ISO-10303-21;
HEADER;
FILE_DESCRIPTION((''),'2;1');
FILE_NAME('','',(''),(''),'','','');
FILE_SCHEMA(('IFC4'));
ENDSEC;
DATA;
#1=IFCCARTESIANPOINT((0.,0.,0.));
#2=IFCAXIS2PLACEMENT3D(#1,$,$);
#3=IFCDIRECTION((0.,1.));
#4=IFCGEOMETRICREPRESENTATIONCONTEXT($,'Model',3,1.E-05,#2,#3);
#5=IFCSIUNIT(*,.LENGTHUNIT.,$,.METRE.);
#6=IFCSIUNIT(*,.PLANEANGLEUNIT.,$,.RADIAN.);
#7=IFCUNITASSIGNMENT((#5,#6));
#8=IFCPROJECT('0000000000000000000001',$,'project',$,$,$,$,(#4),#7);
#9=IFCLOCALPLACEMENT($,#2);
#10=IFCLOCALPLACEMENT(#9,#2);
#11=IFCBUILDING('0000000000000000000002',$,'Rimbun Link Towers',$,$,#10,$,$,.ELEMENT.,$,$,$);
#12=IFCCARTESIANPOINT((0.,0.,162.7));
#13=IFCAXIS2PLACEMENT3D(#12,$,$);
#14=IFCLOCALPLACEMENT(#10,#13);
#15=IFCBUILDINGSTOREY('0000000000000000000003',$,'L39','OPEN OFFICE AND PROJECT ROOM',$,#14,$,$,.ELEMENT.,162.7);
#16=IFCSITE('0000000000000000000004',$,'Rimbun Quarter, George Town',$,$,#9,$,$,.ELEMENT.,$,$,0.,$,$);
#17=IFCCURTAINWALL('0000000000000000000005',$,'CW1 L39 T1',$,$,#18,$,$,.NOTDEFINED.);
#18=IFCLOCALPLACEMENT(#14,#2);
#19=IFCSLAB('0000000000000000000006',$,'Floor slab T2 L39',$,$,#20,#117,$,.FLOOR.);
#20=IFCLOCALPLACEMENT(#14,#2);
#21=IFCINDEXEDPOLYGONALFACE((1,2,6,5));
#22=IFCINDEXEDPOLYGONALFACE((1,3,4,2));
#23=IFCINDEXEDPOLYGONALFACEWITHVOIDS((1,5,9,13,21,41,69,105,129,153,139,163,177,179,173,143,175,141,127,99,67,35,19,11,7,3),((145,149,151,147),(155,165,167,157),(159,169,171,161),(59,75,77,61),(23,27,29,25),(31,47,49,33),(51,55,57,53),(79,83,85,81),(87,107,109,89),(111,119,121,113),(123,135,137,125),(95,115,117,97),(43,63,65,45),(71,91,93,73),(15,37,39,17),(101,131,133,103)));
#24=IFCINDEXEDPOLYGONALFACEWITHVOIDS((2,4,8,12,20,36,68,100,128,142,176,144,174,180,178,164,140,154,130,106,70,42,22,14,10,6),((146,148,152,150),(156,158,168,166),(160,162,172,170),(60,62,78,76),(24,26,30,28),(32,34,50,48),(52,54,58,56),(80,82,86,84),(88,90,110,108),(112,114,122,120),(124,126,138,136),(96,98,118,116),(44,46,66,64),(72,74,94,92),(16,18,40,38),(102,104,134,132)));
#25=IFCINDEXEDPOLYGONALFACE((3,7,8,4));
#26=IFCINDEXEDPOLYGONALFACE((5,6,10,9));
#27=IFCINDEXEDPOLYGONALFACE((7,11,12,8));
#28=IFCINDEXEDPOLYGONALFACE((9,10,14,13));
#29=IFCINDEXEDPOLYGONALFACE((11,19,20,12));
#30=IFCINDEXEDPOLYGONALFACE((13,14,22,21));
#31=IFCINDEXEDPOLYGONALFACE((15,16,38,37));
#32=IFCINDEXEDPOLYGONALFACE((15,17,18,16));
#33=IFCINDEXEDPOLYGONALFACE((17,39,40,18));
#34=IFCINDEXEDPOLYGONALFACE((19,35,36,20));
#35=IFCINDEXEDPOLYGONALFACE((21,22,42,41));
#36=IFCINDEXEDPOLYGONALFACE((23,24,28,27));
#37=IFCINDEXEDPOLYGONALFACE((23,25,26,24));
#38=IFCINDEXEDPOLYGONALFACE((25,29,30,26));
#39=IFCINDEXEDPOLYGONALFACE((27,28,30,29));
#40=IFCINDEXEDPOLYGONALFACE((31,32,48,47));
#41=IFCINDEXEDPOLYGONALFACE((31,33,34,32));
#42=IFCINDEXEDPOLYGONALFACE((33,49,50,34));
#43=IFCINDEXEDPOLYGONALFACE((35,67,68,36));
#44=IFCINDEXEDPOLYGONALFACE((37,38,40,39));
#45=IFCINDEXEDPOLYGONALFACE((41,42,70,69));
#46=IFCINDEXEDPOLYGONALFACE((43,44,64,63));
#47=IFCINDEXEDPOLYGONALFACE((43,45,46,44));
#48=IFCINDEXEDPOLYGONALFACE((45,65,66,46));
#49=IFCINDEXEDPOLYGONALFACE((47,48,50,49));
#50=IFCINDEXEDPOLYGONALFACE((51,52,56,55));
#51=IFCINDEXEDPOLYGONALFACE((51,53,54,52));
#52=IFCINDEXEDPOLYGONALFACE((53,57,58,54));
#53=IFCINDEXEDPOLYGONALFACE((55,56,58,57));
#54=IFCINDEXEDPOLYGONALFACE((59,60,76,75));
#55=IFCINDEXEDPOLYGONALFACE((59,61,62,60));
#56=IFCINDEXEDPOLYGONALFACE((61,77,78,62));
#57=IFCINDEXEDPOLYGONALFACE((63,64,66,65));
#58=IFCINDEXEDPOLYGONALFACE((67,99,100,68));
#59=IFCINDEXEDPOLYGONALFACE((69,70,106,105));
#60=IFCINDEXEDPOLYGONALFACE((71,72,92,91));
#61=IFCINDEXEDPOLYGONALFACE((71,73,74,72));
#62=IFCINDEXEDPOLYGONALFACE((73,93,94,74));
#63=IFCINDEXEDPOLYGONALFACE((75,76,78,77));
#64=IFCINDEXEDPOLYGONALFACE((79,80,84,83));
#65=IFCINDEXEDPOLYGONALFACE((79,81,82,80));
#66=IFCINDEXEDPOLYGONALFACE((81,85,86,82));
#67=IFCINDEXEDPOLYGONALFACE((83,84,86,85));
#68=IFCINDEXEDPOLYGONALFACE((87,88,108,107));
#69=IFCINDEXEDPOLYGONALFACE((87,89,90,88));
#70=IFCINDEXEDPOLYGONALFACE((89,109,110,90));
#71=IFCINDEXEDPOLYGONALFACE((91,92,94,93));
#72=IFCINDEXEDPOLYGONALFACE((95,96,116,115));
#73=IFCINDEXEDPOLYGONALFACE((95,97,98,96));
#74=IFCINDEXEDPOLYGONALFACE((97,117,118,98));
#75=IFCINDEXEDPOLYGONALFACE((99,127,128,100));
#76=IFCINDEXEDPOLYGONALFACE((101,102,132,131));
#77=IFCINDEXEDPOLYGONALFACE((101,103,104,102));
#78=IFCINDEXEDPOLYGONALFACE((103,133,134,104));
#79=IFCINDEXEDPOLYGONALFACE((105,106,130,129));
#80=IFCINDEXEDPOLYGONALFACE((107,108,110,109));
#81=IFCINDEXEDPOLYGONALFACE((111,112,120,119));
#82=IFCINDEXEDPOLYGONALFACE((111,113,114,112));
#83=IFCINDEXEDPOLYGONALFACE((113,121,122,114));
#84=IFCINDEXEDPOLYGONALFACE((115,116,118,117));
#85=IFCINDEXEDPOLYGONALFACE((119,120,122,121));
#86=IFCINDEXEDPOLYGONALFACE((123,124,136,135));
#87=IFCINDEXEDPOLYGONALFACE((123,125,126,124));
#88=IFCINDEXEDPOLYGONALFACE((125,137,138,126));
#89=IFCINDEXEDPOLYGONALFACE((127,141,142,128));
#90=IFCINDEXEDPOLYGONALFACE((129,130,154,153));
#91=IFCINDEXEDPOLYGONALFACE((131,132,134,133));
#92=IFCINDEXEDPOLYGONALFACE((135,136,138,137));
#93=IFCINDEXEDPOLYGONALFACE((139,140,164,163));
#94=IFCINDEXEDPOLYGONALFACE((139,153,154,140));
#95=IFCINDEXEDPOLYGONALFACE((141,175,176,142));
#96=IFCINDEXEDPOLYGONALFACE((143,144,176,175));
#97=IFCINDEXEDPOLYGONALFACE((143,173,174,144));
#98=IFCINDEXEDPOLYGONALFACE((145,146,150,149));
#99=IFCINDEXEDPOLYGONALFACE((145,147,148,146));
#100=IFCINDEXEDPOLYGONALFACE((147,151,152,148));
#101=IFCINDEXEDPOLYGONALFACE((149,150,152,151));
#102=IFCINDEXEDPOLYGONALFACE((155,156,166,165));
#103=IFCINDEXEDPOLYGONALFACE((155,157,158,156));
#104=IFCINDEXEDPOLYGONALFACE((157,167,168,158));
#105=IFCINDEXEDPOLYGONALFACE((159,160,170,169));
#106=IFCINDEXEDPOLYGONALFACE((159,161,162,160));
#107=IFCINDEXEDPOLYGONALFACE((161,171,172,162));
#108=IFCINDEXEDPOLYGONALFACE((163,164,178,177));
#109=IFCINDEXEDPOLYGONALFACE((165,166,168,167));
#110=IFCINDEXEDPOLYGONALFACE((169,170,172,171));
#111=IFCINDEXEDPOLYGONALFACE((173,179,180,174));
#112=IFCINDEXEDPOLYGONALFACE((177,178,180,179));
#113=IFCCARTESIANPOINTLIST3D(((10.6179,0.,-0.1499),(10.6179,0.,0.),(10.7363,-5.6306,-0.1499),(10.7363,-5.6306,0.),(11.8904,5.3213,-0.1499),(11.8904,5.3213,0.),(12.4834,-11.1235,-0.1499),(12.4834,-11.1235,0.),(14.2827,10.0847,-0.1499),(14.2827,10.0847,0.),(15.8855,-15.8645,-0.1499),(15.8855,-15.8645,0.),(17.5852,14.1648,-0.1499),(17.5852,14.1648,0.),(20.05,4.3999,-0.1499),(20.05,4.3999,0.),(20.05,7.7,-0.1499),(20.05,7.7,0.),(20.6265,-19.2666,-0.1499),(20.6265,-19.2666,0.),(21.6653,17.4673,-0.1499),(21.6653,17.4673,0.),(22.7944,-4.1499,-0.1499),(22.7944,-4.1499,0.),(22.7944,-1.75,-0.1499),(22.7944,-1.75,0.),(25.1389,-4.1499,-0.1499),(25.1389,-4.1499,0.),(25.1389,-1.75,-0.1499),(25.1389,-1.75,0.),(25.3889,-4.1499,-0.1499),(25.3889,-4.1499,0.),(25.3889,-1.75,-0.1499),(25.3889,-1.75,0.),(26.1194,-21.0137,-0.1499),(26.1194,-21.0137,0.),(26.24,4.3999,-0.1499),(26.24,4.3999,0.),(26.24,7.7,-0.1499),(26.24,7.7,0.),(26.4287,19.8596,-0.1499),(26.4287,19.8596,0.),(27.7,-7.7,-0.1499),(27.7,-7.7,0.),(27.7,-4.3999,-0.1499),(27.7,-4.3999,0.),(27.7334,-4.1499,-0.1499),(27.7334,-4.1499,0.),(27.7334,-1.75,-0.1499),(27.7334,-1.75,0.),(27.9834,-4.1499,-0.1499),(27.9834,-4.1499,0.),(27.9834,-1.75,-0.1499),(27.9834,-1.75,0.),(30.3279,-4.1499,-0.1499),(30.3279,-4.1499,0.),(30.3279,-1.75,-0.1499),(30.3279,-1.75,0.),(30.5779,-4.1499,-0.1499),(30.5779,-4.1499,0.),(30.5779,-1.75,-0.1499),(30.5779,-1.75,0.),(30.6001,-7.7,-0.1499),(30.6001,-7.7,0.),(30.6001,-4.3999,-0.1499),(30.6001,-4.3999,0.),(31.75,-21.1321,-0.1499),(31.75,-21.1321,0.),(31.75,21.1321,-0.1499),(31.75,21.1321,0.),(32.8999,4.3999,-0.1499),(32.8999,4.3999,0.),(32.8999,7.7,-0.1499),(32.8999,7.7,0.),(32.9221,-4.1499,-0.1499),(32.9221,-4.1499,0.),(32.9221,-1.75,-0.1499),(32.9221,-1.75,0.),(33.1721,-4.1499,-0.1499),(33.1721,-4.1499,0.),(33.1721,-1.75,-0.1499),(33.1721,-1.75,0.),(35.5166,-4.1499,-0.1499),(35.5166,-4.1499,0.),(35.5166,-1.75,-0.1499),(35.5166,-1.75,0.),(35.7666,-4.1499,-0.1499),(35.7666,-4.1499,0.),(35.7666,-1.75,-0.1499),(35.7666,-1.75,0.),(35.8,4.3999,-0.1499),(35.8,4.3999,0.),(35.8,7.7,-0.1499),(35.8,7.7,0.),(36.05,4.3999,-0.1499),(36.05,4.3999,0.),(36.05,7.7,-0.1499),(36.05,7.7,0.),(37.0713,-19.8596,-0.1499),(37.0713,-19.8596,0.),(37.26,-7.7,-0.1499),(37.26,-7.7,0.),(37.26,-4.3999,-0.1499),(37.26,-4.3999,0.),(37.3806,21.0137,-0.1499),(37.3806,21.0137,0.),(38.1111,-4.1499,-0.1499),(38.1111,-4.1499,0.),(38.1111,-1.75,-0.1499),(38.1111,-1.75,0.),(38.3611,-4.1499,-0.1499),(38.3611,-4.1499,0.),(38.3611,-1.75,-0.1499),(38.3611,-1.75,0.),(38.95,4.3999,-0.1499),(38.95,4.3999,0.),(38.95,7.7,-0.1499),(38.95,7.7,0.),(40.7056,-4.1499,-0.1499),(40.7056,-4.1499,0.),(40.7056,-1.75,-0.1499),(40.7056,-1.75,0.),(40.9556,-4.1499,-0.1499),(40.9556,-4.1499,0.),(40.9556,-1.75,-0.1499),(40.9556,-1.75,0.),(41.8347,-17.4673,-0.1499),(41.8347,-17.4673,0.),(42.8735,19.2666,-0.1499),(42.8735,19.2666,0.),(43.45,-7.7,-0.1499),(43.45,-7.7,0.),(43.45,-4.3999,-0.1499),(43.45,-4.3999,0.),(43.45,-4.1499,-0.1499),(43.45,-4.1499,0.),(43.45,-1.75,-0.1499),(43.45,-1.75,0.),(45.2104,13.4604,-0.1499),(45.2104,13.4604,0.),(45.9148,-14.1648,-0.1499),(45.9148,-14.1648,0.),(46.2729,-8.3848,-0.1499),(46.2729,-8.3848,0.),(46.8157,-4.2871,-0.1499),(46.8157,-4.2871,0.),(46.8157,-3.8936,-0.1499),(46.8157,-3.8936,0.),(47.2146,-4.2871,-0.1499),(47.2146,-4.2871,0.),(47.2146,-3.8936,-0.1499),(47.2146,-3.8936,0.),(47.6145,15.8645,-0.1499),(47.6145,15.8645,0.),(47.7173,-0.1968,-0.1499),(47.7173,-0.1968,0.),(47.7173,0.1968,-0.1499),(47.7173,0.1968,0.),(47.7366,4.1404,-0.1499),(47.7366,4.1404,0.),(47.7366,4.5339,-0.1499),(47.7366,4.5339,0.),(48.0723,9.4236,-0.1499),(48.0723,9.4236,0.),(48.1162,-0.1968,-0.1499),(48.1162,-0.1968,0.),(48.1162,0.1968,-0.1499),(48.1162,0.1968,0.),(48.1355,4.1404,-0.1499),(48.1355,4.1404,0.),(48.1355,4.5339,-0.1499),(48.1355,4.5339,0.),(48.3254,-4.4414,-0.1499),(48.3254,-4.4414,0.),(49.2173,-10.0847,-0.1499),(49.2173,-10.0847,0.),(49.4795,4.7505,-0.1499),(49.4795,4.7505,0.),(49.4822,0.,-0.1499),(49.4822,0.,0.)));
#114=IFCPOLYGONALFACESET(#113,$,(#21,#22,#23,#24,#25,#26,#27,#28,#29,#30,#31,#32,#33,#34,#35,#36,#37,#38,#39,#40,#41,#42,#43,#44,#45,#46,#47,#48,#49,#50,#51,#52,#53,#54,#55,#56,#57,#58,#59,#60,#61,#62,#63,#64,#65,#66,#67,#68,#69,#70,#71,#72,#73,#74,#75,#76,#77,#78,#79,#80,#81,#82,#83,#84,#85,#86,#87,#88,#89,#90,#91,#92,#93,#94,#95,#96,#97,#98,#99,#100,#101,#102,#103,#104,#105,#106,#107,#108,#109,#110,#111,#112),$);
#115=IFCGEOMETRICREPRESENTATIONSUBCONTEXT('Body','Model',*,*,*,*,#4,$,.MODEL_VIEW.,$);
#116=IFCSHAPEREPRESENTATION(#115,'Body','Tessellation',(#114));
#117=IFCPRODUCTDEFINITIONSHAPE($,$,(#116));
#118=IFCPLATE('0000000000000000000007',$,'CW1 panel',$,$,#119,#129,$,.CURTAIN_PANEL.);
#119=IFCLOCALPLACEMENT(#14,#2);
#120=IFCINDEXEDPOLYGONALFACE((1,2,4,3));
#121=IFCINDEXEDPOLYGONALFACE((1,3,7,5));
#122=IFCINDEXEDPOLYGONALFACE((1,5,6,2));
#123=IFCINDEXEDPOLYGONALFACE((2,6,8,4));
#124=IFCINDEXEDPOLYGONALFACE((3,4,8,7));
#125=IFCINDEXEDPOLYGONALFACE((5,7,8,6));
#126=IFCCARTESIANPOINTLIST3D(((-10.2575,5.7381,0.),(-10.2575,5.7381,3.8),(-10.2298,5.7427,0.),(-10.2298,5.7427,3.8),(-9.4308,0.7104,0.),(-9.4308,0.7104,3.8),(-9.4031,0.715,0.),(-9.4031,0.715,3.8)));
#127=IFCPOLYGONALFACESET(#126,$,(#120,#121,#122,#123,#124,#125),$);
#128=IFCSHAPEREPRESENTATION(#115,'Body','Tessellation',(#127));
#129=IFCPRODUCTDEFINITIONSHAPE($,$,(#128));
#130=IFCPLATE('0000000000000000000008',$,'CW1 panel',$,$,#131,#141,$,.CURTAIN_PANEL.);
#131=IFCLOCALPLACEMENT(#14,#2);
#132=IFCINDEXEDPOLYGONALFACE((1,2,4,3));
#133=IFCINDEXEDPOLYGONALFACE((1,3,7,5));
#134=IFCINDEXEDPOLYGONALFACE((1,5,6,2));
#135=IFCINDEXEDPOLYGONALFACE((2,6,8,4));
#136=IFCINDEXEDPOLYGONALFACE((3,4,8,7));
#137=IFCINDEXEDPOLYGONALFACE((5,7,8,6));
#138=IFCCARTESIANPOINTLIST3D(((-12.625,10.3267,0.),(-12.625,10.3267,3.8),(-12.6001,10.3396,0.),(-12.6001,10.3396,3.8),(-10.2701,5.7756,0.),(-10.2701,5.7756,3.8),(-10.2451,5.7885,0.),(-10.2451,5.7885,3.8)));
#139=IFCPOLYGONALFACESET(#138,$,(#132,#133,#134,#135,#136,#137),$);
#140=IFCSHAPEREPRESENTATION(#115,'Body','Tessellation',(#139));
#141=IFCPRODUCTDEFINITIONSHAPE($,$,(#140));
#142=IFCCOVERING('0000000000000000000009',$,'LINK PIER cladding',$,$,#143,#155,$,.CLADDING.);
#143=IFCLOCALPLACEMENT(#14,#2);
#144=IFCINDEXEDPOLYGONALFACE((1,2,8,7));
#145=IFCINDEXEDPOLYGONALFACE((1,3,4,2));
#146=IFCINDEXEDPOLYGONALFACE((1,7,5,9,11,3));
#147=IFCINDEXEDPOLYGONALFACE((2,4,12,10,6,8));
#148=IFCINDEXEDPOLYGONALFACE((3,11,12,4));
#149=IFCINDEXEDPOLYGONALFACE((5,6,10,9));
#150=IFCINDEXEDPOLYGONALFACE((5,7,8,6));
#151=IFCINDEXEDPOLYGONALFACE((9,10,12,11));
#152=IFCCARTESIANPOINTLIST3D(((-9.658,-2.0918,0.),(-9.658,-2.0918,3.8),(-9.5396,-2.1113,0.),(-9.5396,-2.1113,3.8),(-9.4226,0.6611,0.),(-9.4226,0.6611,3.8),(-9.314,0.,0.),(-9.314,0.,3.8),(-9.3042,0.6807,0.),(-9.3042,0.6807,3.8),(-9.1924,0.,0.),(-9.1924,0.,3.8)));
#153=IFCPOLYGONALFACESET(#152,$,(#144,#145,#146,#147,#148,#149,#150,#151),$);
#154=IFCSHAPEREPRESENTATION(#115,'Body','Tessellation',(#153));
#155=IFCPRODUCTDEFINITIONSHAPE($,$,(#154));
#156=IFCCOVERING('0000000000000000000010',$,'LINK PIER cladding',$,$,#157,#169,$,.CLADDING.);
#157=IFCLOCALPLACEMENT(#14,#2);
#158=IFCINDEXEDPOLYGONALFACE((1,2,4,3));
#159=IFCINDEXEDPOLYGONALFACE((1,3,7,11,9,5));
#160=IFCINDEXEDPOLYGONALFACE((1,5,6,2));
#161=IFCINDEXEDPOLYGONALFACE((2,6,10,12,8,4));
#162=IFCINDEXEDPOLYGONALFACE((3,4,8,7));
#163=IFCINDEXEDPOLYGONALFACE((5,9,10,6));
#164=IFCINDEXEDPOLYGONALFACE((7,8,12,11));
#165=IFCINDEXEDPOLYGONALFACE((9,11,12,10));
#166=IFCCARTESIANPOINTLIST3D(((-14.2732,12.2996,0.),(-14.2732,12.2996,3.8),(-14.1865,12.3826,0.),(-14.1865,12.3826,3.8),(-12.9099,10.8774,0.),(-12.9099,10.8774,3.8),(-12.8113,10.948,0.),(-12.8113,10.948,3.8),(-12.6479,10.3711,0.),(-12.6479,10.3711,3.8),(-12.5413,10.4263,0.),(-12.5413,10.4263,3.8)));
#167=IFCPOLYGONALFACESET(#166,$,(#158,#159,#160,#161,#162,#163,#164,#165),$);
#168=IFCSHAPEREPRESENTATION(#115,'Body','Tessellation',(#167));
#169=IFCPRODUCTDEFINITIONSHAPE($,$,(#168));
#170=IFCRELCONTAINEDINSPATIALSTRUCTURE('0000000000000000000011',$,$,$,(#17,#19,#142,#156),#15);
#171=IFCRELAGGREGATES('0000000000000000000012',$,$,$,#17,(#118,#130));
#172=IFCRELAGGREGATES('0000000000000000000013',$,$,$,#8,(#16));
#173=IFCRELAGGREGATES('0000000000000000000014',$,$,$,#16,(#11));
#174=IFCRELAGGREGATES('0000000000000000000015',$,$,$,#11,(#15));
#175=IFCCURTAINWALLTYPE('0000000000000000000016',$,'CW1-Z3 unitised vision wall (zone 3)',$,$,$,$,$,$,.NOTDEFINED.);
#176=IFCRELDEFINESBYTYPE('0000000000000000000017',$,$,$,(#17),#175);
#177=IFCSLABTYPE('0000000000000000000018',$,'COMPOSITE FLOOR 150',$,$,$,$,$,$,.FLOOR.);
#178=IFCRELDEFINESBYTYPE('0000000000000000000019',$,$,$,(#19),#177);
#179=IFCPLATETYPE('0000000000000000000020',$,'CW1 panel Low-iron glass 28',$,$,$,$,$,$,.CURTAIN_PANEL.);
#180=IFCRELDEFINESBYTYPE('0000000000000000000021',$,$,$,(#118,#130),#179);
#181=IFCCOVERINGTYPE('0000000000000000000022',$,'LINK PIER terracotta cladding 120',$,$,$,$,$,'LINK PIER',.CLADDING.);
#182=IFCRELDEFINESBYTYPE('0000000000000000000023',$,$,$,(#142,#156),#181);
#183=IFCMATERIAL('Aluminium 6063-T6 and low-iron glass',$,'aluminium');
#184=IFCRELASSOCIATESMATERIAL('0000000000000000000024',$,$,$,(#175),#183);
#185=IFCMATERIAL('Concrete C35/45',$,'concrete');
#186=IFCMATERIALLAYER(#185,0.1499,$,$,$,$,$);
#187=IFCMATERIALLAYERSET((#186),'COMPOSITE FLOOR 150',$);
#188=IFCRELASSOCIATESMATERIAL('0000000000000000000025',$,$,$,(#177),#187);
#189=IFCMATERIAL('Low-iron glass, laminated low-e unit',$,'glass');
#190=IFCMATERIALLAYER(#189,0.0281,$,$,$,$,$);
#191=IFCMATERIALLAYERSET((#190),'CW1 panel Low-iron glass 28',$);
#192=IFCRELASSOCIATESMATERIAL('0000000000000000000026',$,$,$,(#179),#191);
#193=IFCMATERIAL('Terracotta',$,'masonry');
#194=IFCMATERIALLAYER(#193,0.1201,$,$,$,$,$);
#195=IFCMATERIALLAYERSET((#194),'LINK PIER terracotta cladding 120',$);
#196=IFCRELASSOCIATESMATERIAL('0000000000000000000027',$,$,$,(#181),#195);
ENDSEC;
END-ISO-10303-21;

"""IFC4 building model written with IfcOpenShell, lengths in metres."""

from ifc_helpers import new_model, si_unit, direction, frame, origin, origin_2d, place, context, subcontext, project, spatial, polyline, rectangle, outline, extrude, material, layer, layer_set, type_object, element, aggregate, save


model = new_model("IFC4")

# Units and contexts
model_context = context("Model", 3, precision=1e-05, world=origin(), true_north=direction((0.0, 1.0)))
body_context = subcontext(model_context, "Body", "Model", "MODEL_VIEW")
ifc_project = project(units=[si_unit("LENGTHUNIT", "METRE"), si_unit("PLANEANGLEUNIT", "RADIAN")], contexts=[model_context])

# Site, building, storey
site_placement = place(None, origin())
site = spatial("IfcSite", under=ifc_project, at=site_placement, Name="Rimbun Quarter, George Town", CompositionType="ELEMENT", RefElevation=0.0)
building_placement = place(site_placement, origin())
building = spatial("IfcBuilding", under=site, at=building_placement, Name="Rimbun Link Towers", CompositionType="ELEMENT")
storey_placement = place(building_placement, frame((0.0, 0.0, 162.7)))
storey = spatial("IfcBuildingStorey", under=building, at=storey_placement, Name="L39", Description="OPEN OFFICE AND PROJECT ROOM", CompositionType="ELEMENT", Elevation=162.7)

# Curtain wall
ifc_material_1 = material(Name="Aluminium 6063-T6 and low-iron glass", Category="aluminium")
curtain_wall_type = type_object("IfcCurtainWallType", Name="CW1-Z3 unitised vision wall (zone 3)", PredefinedType="NOTDEFINED", material=ifc_material_1)
curtain_wall_placement = place(storey_placement, origin())
curtain_wall = element("IfcCurtainWall", 1, at=curtain_wall_placement, inside=storey, type_object=curtain_wall_type, Name="CW1 L39 T1", PredefinedType="NOTDEFINED")

# Slab
ifc_material_2 = material(Name="Concrete C35/45", Category="concrete")
ifc_layer_1 = layer(ifc_material_2, 0.1499)
ifc_layer_set_1 = layer_set([ifc_layer_1], Name="COMPOSITE FLOOR 150")
slab_type = type_object("IfcSlabType", Name="COMPOSITE FLOOR 150", PredefinedType="FLOOR", material=ifc_layer_set_1)
slab_placement = place(storey_placement, frame((0.0, 0.0, -0.1499)))
element("IfcSlab", 2, at=slab_placement, inside=storey, type_object=slab_type, Name="Floor slab T2 L39", PredefinedType="FLOOR", context=body_context, shape_type="SweptSolid", body=[
    extrude(outline(polyline([(45.9148, -14.1648), (41.8347, -17.4673), (37.0713, -19.8596), (31.75, -21.1321), (26.1194, -21.0137), (20.6265, -19.2666), (15.8855, -15.8645), (12.4834, -11.1235), (10.7363, -5.6306), (10.6179, 0.0), (11.8904, 5.3213), (14.2827, 10.0847), (17.5852, 14.1648), (21.6653, 17.4673), (26.4287, 19.8596), (31.75, 21.1321), (37.3806, 21.0137), (42.8735, 19.2666), (47.6145, 15.8645), (45.2104, 13.4604), (48.0723, 9.4236), (49.4795, 4.7505), (49.4822, 0.0), (48.3254, -4.4414), (46.2729, -8.3848), (49.2173, -10.0847), (45.9148, -14.1648)]), holes=[polyline([(30.6001, -7.7), (30.6001, -4.3999), (27.7, -4.3999), (27.7, -7.7), (30.6001, -7.7)]), polyline([(25.1389, -4.1499), (25.1389, -1.75), (22.7944, -1.75), (22.7944, -4.1499), (25.1389, -4.1499)]), polyline([(27.7334, -4.1499), (27.7334, -1.75), (25.3889, -1.75), (25.3889, -4.1499), (27.7334, -4.1499)]), polyline([(30.3279, -4.1499), (30.3279, -1.75), (27.9834, -1.75), (27.9834, -4.1499), (30.3279, -4.1499)]), polyline([(32.9221, -4.1499), (32.9221, -1.75), (30.5779, -1.75), (30.5779, -4.1499), (32.9221, -4.1499)]), polyline([(35.5166, -4.1499), (35.5166, -1.75), (33.1721, -1.75), (33.1721, -4.1499), (35.5166, -4.1499)]), polyline([(26.24, 4.3999), (26.24, 7.7), (20.05, 7.7), (20.05, 4.3999), (26.24, 4.3999)]), polyline([(35.8, 4.3999), (35.8, 7.7), (32.8999, 7.7), (32.8999, 4.3999), (35.8, 4.3999)]), polyline([(43.45, -7.7), (43.45, -4.3999), (37.26, -4.3999), (37.26, -7.7), (43.45, -7.7)]), polyline([(47.2146, -4.2871), (47.2146, -3.8936), (46.8157, -3.8936), (46.8157, -4.2871), (47.2146, -4.2871)]), polyline([(38.1111, -4.1499), (38.1111, -1.75), (35.7666, -1.75), (35.7666, -4.1499), (38.1111, -4.1499)]), polyline([(40.7056, -4.1499), (40.7056, -1.75), (38.3611, -1.75), (38.3611, -4.1499), (40.7056, -4.1499)]), polyline([(43.45, -4.1499), (43.45, -1.75), (40.9556, -1.75), (40.9556, -4.1499), (43.45, -4.1499)]), polyline([(48.1162, -0.1968), (48.1162, 0.1968), (47.7173, 0.1968), (47.7173, -0.1968), (48.1162, -0.1968)]), polyline([(48.1355, 4.1404), (48.1355, 4.5339), (47.7366, 4.5339), (47.7366, 4.1404), (48.1355, 4.1404)]), polyline([(38.95, 4.3999), (38.95, 7.7), (36.05, 7.7), (36.05, 4.3999), (38.95, 4.3999)])]), origin(), (0.0, 0.0, 1.0), 0.1499),
])

# Plates
ifc_material_3 = material(Name="Low-iron glass, laminated low-e unit", Category="glass")
ifc_layer_2 = layer(ifc_material_3, 0.0281)
ifc_layer_set_2 = layer_set([ifc_layer_2], Name="CW1 panel Low-iron glass 28")
plate_type = type_object("IfcPlateType", Name="CW1 panel Low-iron glass 28", PredefinedType="CURTAIN_PANEL", material=ifc_layer_set_2)
plate_1_placement = place(storey_placement, frame((-9.8303, 3.2266, 0.0), z_axis=(0.0, 0.0, 1.0), x_axis=(0.162253, -0.986749, 0.0)))
plate_1 = element("IfcPlate", 3, at=plate_1_placement, type_object=plate_type, Name="CW1 panel", PredefinedType="CURTAIN_PANEL", context=body_context, shape_type="SweptSolid", body=[
    extrude(rectangle(XDim=5.0952, YDim=0.0281, at=origin_2d()), origin(), (0.0, 0.0, 1.0), 3.8),
])
plate_2_placement = place(storey_placement, frame((-11.4351, 8.0576, 0.0), z_axis=(0.0, 0.0, 1.0), x_axis=(0.459565, -0.888144, 0.0)))
plate_2 = element("IfcPlate", 4, at=plate_2_placement, type_object=plate_type, Name="CW1 panel", PredefinedType="CURTAIN_PANEL", context=body_context, shape_type="SweptSolid", body=[
    extrude(rectangle(XDim=5.1243, YDim=0.0281, at=origin_2d()), origin(), (0.0, 0.0, 1.0), 3.8),
])
aggregate(curtain_wall, [plate_1, plate_2])

# Coverings
ifc_material_4 = material(Name="Terracotta", Category="masonry")
ifc_layer_3 = layer(ifc_material_4, 0.1201)
ifc_layer_set_3 = layer_set([ifc_layer_3], Name="LINK PIER terracotta cladding 120")
covering_type_1 = type_object("IfcCoveringType", Name="LINK PIER terracotta cladding 120", ElementType="LINK PIER", PredefinedType="CLADDING", material=ifc_layer_set_3)
covering_1_placement = place(storey_placement, origin())
element("IfcCovering", 5, at=covering_1_placement, inside=storey, type_object=covering_type_1, Name="LINK PIER cladding", PredefinedType="CLADDING", context=body_context, shape_type="SweptSolid", body=[
    extrude(outline(polyline([(-9.4226, 0.6611), (-9.314, 0.0), (-9.658, -2.0918), (-9.5396, -2.1113), (-9.1924, 0.0), (-9.3042, 0.6807), (-9.4226, 0.6611)])), origin(), (0.0, 0.0, 1.0), 3.8),
])
covering_2_placement = place(storey_placement, origin())
element("IfcCovering", 6, at=covering_2_placement, inside=storey, type_object=covering_type_1, Name="LINK PIER cladding", PredefinedType="CLADDING", context=body_context, shape_type="SweptSolid", body=[
    extrude(outline(polyline([(-14.2732, 12.2996), (-12.9099, 10.8774), (-12.6479, 10.3711), (-12.5413, 10.4263), (-12.8113, 10.948), (-14.1865, 12.3826), (-14.2732, 12.2996)])), origin(), (0.0, 0.0, 1.0), 3.8),
])

save(model, "model.ifc")
